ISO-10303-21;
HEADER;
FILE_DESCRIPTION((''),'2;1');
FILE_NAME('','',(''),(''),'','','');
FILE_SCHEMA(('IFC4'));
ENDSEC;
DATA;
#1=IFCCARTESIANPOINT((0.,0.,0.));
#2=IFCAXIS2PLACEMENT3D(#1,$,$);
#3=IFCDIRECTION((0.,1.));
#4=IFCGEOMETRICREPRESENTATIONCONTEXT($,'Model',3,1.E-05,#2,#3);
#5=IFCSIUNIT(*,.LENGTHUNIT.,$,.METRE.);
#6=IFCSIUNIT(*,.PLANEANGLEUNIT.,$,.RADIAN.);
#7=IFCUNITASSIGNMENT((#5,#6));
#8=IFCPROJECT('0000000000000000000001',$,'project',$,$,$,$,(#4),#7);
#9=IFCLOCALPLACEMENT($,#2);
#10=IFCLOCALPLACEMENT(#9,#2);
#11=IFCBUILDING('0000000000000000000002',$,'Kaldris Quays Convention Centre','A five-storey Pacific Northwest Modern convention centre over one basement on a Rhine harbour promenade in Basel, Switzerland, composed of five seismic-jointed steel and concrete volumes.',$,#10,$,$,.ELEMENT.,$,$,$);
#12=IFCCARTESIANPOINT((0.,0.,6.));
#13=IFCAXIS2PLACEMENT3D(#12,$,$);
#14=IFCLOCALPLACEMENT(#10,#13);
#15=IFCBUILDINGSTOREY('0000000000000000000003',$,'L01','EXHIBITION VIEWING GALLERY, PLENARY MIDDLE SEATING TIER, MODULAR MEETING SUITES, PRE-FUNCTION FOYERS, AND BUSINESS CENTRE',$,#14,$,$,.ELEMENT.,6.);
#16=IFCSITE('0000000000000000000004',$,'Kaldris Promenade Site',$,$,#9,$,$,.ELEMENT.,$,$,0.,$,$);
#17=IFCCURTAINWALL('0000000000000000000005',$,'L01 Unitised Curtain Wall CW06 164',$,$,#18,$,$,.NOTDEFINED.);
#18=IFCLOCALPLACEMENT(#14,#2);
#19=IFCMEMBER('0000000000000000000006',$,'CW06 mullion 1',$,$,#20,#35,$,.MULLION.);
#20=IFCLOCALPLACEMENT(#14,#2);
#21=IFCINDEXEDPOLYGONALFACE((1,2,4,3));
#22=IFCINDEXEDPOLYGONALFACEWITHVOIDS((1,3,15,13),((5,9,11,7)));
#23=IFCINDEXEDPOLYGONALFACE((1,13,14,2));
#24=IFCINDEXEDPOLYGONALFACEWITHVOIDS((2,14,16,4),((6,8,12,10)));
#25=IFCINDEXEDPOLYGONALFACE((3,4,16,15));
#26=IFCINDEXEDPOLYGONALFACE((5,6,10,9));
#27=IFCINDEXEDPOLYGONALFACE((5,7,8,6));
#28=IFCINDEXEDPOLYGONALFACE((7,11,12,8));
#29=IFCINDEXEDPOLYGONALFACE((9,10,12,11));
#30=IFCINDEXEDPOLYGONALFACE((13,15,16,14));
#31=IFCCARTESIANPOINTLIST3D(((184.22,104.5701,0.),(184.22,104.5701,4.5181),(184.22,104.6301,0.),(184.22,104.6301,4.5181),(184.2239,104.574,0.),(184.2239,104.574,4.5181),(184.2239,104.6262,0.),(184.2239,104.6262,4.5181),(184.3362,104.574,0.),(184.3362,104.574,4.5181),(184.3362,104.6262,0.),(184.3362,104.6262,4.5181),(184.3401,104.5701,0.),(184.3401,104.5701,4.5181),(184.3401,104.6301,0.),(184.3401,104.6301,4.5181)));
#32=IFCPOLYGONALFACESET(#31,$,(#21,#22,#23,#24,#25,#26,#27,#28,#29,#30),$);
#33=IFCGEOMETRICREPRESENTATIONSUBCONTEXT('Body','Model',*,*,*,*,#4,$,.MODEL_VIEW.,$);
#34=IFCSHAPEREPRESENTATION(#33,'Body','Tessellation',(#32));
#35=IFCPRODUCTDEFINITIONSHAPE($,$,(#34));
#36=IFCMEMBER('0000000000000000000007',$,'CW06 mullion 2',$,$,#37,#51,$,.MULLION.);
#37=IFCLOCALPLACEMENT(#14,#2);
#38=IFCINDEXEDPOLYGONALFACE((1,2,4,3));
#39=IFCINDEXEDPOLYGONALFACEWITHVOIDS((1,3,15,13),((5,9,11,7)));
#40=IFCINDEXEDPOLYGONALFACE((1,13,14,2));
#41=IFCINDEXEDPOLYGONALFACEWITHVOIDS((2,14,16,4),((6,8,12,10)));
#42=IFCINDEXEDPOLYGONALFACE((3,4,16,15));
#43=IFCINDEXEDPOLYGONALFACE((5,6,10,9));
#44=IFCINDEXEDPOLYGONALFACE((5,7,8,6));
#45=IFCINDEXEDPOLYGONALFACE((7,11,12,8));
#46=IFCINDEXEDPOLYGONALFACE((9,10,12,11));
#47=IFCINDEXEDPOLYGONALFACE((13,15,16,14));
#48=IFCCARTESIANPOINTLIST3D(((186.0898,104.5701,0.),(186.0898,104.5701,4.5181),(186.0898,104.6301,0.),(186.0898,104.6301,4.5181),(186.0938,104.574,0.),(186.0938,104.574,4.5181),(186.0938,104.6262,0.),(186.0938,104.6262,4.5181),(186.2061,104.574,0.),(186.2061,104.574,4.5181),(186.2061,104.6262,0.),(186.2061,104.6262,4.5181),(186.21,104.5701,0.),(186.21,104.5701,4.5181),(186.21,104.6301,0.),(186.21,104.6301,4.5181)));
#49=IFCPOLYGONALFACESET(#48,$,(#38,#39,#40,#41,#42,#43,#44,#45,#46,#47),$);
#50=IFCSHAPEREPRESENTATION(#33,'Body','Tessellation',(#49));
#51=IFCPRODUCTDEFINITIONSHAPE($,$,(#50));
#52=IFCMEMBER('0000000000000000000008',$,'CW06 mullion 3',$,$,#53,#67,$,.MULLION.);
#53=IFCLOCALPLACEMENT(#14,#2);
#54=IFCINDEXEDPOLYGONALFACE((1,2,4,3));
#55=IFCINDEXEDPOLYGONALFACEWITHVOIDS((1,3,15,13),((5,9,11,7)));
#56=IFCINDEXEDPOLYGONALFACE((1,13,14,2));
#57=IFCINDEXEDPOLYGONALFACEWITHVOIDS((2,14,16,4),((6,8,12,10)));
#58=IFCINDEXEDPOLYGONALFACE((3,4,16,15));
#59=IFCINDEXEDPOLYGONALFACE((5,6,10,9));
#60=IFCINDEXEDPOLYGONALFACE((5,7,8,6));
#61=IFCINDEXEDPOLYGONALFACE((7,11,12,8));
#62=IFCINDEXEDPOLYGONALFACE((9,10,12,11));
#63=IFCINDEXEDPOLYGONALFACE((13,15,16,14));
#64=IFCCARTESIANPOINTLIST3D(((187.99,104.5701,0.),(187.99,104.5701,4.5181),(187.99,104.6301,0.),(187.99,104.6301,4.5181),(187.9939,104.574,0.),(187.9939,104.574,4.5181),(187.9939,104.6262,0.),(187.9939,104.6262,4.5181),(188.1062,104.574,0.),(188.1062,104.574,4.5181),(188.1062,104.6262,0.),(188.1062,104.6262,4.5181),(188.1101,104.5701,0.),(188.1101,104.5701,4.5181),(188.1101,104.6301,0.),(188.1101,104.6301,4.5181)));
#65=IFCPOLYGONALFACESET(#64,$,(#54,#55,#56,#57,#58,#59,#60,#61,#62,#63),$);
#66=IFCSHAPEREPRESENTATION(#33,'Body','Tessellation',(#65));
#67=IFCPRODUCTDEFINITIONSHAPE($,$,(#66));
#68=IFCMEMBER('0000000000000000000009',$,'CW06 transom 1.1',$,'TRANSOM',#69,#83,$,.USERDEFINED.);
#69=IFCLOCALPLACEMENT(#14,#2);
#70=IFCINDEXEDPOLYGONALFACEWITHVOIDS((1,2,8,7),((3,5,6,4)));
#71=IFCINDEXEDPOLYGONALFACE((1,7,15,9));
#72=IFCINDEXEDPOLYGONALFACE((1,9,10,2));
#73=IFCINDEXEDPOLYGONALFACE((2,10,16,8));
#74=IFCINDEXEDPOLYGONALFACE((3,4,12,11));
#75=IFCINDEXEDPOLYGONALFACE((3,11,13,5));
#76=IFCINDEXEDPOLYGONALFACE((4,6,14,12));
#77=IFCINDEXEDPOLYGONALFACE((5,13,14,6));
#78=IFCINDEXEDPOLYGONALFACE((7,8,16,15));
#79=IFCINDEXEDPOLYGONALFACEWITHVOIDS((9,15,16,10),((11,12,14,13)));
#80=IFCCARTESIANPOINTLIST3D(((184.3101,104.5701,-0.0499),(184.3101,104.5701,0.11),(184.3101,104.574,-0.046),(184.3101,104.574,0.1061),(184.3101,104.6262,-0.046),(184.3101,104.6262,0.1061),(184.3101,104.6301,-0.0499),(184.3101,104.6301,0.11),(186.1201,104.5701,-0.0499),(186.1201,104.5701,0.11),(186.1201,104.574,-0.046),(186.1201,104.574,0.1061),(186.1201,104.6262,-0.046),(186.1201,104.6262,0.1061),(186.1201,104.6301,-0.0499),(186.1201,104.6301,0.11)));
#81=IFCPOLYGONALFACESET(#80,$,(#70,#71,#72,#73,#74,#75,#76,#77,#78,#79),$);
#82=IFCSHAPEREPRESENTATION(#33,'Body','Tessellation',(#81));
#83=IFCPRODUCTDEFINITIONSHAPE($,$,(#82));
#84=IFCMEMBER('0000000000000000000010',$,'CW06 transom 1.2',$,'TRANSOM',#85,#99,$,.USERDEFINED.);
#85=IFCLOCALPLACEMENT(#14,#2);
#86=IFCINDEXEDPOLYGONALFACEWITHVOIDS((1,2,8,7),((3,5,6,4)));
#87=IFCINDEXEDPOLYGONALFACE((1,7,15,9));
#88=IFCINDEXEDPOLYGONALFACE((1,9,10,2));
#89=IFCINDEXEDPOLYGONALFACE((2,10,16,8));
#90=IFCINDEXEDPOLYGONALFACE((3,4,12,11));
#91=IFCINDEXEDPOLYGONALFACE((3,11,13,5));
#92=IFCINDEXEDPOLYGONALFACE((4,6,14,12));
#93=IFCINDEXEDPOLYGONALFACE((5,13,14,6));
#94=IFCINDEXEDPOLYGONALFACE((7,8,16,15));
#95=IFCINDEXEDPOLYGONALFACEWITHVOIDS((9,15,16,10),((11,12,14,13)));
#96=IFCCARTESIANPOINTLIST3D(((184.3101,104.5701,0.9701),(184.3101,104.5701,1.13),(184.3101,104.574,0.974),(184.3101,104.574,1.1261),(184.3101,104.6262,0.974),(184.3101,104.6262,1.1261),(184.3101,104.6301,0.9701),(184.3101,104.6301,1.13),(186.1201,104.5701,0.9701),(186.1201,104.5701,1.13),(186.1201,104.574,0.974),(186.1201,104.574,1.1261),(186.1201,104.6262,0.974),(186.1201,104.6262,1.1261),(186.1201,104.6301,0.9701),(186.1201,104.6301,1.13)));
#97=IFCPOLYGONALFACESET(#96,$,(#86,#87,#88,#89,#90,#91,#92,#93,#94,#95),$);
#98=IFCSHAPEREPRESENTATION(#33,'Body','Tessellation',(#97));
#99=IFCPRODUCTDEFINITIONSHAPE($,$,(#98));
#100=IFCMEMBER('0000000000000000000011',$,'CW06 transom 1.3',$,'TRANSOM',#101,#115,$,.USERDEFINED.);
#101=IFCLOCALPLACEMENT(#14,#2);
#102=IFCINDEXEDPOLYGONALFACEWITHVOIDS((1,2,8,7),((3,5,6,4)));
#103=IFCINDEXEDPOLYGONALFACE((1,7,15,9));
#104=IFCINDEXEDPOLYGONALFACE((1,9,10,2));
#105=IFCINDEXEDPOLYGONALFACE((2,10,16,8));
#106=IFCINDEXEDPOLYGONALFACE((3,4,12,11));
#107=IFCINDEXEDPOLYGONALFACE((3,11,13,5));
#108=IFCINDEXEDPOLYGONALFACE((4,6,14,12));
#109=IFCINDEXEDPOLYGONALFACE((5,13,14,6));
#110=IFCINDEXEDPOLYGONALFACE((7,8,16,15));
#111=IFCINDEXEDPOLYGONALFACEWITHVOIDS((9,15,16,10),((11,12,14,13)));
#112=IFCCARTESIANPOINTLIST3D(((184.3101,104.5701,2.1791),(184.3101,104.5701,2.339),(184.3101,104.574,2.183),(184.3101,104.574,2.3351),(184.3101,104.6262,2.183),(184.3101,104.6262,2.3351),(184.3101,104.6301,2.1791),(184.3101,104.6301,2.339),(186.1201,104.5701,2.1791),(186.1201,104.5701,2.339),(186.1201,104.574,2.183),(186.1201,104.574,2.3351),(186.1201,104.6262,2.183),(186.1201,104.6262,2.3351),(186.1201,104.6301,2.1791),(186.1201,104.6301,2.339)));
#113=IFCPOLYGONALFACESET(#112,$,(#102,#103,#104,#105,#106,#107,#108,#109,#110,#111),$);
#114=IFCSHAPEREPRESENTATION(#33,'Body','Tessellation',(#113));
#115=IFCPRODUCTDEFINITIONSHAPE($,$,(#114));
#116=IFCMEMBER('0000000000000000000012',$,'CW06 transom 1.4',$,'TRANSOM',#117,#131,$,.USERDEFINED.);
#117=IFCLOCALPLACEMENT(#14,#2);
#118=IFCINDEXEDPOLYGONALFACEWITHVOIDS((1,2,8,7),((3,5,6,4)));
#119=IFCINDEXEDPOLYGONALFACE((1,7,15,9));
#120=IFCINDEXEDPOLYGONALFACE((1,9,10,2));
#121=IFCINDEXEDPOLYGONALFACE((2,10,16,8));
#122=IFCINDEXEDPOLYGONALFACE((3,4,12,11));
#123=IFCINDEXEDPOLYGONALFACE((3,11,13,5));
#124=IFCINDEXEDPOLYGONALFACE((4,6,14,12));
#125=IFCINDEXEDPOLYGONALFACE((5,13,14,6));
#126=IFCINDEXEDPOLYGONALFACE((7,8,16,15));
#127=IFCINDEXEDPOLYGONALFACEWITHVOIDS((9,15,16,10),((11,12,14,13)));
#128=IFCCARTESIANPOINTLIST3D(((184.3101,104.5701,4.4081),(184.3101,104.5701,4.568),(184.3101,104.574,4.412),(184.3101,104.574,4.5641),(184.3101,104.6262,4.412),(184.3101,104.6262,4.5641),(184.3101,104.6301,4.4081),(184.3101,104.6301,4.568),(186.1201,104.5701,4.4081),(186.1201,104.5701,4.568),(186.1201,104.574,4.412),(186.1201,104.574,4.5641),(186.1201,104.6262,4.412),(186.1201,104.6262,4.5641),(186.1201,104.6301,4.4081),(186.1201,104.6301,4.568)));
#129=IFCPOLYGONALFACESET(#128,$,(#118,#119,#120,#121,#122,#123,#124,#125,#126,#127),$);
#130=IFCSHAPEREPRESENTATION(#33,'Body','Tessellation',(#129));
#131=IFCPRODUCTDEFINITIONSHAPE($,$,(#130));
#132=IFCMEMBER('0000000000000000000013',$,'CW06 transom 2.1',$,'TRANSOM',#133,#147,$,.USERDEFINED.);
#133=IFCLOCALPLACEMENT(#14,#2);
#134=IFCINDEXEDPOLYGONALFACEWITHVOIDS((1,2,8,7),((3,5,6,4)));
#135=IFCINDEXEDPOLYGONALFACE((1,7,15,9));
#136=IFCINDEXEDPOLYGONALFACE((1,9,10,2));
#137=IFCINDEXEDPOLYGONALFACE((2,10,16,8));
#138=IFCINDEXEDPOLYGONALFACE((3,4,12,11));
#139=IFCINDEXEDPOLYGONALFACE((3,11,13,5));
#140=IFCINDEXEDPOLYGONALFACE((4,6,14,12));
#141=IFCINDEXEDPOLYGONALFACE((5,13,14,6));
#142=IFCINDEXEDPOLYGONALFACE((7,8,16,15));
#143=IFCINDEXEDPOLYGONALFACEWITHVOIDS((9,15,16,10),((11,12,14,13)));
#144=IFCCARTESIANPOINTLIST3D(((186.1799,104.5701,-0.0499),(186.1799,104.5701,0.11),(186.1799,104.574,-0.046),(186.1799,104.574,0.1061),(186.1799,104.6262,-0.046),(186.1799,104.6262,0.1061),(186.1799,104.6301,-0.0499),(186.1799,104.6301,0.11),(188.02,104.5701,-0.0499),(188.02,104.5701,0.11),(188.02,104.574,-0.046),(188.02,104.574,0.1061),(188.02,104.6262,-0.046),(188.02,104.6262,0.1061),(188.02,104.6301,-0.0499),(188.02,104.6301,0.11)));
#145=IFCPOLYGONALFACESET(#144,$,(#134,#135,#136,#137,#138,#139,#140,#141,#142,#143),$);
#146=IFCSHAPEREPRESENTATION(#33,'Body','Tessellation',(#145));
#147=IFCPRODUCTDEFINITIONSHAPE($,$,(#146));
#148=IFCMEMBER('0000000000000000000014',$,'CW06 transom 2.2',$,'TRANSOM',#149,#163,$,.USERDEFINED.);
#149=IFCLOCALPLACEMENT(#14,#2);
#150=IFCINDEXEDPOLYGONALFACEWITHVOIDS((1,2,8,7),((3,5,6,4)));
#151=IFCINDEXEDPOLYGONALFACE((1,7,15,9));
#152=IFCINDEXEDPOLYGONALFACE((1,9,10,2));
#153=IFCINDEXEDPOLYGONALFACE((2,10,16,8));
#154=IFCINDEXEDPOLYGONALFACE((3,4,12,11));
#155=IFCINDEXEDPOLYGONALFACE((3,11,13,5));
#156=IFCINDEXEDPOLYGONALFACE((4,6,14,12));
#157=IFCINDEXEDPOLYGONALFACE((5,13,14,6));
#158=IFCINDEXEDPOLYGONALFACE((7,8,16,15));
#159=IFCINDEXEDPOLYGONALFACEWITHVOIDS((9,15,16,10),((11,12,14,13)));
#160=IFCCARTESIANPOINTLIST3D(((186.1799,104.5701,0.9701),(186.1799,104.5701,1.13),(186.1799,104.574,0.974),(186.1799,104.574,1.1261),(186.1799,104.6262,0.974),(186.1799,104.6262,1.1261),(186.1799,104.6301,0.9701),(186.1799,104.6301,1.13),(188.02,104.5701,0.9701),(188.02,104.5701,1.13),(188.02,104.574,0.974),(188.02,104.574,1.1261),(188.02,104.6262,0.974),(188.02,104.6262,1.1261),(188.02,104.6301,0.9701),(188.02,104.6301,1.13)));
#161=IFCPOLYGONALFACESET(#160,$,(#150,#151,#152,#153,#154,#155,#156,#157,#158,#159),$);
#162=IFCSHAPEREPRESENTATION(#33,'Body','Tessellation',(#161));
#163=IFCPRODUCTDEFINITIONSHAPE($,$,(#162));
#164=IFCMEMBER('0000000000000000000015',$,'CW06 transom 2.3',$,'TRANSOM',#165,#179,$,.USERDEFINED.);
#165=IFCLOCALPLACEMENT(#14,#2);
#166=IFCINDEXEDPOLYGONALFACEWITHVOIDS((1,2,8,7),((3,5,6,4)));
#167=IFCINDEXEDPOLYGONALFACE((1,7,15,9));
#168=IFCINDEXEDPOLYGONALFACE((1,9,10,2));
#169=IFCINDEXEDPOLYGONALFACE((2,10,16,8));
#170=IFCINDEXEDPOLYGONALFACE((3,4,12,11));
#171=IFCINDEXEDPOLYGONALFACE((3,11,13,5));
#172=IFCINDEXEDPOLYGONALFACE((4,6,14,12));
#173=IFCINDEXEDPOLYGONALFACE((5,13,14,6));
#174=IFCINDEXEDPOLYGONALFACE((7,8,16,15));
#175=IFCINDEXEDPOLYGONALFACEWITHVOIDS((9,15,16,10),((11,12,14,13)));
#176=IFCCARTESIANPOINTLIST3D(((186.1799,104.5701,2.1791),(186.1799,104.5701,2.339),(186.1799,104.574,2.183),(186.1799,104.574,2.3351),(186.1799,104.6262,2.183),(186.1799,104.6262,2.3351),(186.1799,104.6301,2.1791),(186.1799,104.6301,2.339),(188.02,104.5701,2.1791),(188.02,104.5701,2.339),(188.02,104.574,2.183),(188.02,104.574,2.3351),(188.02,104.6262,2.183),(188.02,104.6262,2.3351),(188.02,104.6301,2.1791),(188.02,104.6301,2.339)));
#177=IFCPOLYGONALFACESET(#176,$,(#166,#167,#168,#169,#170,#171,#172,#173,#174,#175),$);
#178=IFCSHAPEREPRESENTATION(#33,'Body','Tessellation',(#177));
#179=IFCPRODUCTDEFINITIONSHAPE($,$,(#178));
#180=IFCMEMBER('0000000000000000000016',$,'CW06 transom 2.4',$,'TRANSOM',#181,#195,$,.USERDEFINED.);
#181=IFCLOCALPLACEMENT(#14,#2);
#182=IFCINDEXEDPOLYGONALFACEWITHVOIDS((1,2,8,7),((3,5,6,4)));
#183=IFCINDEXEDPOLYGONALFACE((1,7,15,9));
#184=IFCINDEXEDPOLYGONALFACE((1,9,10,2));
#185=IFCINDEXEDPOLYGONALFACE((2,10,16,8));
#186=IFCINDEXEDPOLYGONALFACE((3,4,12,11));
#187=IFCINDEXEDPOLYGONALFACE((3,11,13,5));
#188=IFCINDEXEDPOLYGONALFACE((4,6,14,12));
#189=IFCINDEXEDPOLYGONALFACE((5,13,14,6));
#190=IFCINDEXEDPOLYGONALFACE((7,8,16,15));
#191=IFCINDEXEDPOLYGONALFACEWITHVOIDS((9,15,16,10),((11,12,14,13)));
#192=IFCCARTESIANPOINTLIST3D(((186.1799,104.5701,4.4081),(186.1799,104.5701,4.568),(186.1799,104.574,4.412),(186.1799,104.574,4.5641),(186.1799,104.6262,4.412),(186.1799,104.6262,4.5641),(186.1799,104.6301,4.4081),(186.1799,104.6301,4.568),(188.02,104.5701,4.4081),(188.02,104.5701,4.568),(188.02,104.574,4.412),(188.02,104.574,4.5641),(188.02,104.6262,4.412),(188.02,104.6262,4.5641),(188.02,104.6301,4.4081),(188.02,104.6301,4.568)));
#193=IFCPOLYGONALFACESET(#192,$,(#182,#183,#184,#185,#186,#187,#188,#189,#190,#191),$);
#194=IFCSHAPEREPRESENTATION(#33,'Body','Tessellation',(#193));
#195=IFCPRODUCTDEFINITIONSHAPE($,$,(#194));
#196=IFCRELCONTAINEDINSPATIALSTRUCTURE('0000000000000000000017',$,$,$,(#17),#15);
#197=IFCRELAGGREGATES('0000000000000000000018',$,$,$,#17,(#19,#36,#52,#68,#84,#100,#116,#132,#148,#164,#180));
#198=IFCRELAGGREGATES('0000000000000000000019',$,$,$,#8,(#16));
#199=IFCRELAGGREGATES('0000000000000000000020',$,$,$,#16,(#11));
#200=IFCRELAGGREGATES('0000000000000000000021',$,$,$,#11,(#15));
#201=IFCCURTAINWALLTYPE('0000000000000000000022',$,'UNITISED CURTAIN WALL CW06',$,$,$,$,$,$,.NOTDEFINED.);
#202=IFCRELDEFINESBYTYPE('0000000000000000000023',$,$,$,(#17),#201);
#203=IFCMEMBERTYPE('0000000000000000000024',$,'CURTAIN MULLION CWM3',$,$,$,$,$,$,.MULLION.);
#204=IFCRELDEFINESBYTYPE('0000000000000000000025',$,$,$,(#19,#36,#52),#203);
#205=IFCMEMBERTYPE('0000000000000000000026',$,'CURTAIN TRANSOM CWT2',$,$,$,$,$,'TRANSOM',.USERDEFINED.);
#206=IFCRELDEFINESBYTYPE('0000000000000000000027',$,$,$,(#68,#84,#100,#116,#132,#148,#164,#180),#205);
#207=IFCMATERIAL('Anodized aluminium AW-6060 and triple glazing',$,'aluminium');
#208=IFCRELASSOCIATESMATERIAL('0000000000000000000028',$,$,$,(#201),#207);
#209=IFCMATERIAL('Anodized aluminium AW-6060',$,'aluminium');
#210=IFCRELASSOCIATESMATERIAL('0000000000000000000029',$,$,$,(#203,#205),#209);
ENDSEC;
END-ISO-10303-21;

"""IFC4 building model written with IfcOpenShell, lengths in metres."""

from ifc_helpers import new_model, si_unit, direction, frame, origin, origin_2d, place, context, subcontext, project, spatial, hollow_rectangle, extrude, material, material_profile, profile_set, type_object, element, aggregate, save


model = new_model("IFC4")

# Units and contexts
model_context = context("Model", 3, precision=1e-05, world=origin(), true_north=direction((0.0, 1.0)))
body_context = subcontext(model_context, "Body", "Model", "MODEL_VIEW")
ifc_project = project(units=[si_unit("LENGTHUNIT", "METRE"), si_unit("PLANEANGLEUNIT", "RADIAN")], contexts=[model_context])

# Site, building, storey
site_placement = place(None, origin())
site = spatial("IfcSite", under=ifc_project, at=site_placement, Name="Kaldris Promenade Site", CompositionType="ELEMENT", RefElevation=0.0)
building_placement = place(site_placement, origin())
building = spatial("IfcBuilding", under=site, at=building_placement, Name="Kaldris Quays Convention Centre", Description="A five-storey Pacific Northwest Modern convention centre over one basement on a Rhine harbour promenade in Basel, Switzerland, composed of five seismic-jointed steel and concrete volumes.", CompositionType="ELEMENT")
storey_placement = place(building_placement, frame((0.0, 0.0, 6.0)))
storey = spatial("IfcBuildingStorey", under=building, at=storey_placement, Name="L01", Description="EXHIBITION VIEWING GALLERY, PLENARY MIDDLE SEATING TIER, MODULAR MEETING SUITES, PRE-FUNCTION FOYERS, AND BUSINESS CENTRE", CompositionType="ELEMENT", Elevation=6.0)

# Curtain wall, members
ifc_material_1 = material(Name="Anodized aluminium AW-6060 and triple glazing", Category="aluminium")
curtain_wall_type = type_object("IfcCurtainWallType", Name="UNITISED CURTAIN WALL CW06", PredefinedType="NOTDEFINED", material=ifc_material_1)
curtain_wall_placement = place(storey_placement, origin())
curtain_wall = element("IfcCurtainWall", 1, at=curtain_wall_placement, inside=storey, type_object=curtain_wall_type, Name="L01 Unitised Curtain Wall CW06 164", PredefinedType="NOTDEFINED")
ifc_material_2 = material(Name="Anodized aluminium AW-6060", Category="aluminium")
ifc_material_profile_1 = material_profile(ifc_material_2, hollow_rectangle(XDim=0.0601, YDim=0.1201, WallThickness=0.0039, at=origin_2d()), Name="RHS 120x60x4")
ifc_profile_set_1 = profile_set([ifc_material_profile_1], Name="Anodized aluminium AW-6060")
member_type_1 = type_object("IfcMemberType", Name="CURTAIN MULLION CWM3", PredefinedType="MULLION", material=ifc_profile_set_1)
member_1_placement = place(storey_placement, frame((184.28, 104.6001, 0.0), z_axis=(0.0, 0.0, 1.0), x_axis=(0.0, 1.0, 0.0)))
member_1 = element("IfcMember", 2, at=member_1_placement, type_object=member_type_1, Name="CW06 mullion 1", PredefinedType="MULLION", context=body_context, shape_type="SweptSolid", body=[
    extrude(hollow_rectangle(XDim=0.0601, YDim=0.1201, WallThickness=0.0039, at=origin_2d()), origin(), (0.0, 0.0, 1.0), 4.5181),
])
member_2_placement = place(storey_placement, frame((186.1499, 104.6001, 0.0), z_axis=(0.0, 0.0, 1.0), x_axis=(0.0, 1.0, 0.0)))
member_2 = element("IfcMember", 3, at=member_2_placement, type_object=member_type_1, Name="CW06 mullion 2", PredefinedType="MULLION", context=body_context, shape_type="SweptSolid", body=[
    extrude(hollow_rectangle(XDim=0.0601, YDim=0.1201, WallThickness=0.0039, at=origin_2d()), origin(), (0.0, 0.0, 1.0), 4.5181),
])
member_3_placement = place(storey_placement, frame((188.05, 104.6001, 0.0), z_axis=(0.0, 0.0, 1.0), x_axis=(0.0, 1.0, 0.0)))
member_3 = element("IfcMember", 4, at=member_3_placement, type_object=member_type_1, Name="CW06 mullion 3", PredefinedType="MULLION", context=body_context, shape_type="SweptSolid", body=[
    extrude(hollow_rectangle(XDim=0.0601, YDim=0.1201, WallThickness=0.0039, at=origin_2d()), origin(), (0.0, 0.0, 1.0), 4.5181),
])
ifc_material_profile_2 = material_profile(ifc_material_2, hollow_rectangle(XDim=0.0601, YDim=0.1599, WallThickness=0.0039, at=origin_2d()), Name="RHS 160x60x4")
ifc_profile_set_2 = profile_set([ifc_material_profile_2], Name="Anodized aluminium AW-6060")
member_type_2 = type_object("IfcMemberType", Name="CURTAIN TRANSOM CWT2", ElementType="TRANSOM", PredefinedType="USERDEFINED", material=ifc_profile_set_2)
member_4_placement = place(storey_placement, frame((184.3101, 104.6001, 0.03), z_axis=(1.0, 0.0, 0.0), x_axis=(0.0, 1.0, 0.0)))
member_4 = element("IfcMember", 5, at=member_4_placement, type_object=member_type_2, Name="CW06 transom 1.1", ObjectType="TRANSOM", PredefinedType="USERDEFINED", context=body_context, shape_type="SweptSolid", body=[
    extrude(hollow_rectangle(XDim=0.0601, YDim=0.1599, WallThickness=0.0039, at=origin_2d()), origin(), (0.0, 0.0, 1.0), 1.8101),
])
member_5_placement = place(storey_placement, frame((184.3101, 104.6001, 1.05), z_axis=(1.0, 0.0, 0.0), x_axis=(0.0, 1.0, 0.0)))
member_5 = element("IfcMember", 6, at=member_5_placement, type_object=member_type_2, Name="CW06 transom 1.2", ObjectType="TRANSOM", PredefinedType="USERDEFINED", context=body_context, shape_type="SweptSolid", body=[
    extrude(hollow_rectangle(XDim=0.0601, YDim=0.1599, WallThickness=0.0039, at=origin_2d()), origin(), (0.0, 0.0, 1.0), 1.8101),
])
member_6_placement = place(storey_placement, frame((184.3101, 104.6001, 2.259), z_axis=(1.0, 0.0, 0.0), x_axis=(0.0, 1.0, 0.0)))
member_6 = element("IfcMember", 7, at=member_6_placement, type_object=member_type_2, Name="CW06 transom 1.3", ObjectType="TRANSOM", PredefinedType="USERDEFINED", context=body_context, shape_type="SweptSolid", body=[
    extrude(hollow_rectangle(XDim=0.0601, YDim=0.1599, WallThickness=0.0039, at=origin_2d()), origin(), (0.0, 0.0, 1.0), 1.8101),
])
member_7_placement = place(storey_placement, frame((184.3101, 104.6001, 4.488), z_axis=(1.0, 0.0, 0.0), x_axis=(0.0, 1.0, 0.0)))
member_7 = element("IfcMember", 8, at=member_7_placement, type_object=member_type_2, Name="CW06 transom 1.4", ObjectType="TRANSOM", PredefinedType="USERDEFINED", context=body_context, shape_type="SweptSolid", body=[
    extrude(hollow_rectangle(XDim=0.0601, YDim=0.1599, WallThickness=0.0039, at=origin_2d()), origin(), (0.0, 0.0, 1.0), 1.8101),
])
member_8_placement = place(storey_placement, frame((186.1799, 104.6001, 0.03), z_axis=(1.0, 0.0, 0.0), x_axis=(0.0, 1.0, 0.0)))
member_8 = element("IfcMember", 9, at=member_8_placement, type_object=member_type_2, Name="CW06 transom 2.1", ObjectType="TRANSOM", PredefinedType="USERDEFINED", context=body_context, shape_type="SweptSolid", body=[
    extrude(hollow_rectangle(XDim=0.0601, YDim=0.1599, WallThickness=0.0039, at=origin_2d()), origin(), (0.0, 0.0, 1.0), 1.8401),
])
member_9_placement = place(storey_placement, frame((186.1799, 104.6001, 1.05), z_axis=(1.0, 0.0, 0.0), x_axis=(0.0, 1.0, 0.0)))
member_9 = element("IfcMember", 10, at=member_9_placement, type_object=member_type_2, Name="CW06 transom 2.2", ObjectType="TRANSOM", PredefinedType="USERDEFINED", context=body_context, shape_type="SweptSolid", body=[
    extrude(hollow_rectangle(XDim=0.0601, YDim=0.1599, WallThickness=0.0039, at=origin_2d()), origin(), (0.0, 0.0, 1.0), 1.8401),
])
member_10_placement = place(storey_placement, frame((186.1799, 104.6001, 2.259), z_axis=(1.0, 0.0, 0.0), x_axis=(0.0, 1.0, 0.0)))
member_10 = element("IfcMember", 11, at=member_10_placement, type_object=member_type_2, Name="CW06 transom 2.3", ObjectType="TRANSOM", PredefinedType="USERDEFINED", context=body_context, shape_type="SweptSolid", body=[
    extrude(hollow_rectangle(XDim=0.0601, YDim=0.1599, WallThickness=0.0039, at=origin_2d()), origin(), (0.0, 0.0, 1.0), 1.8401),
])
member_11_placement = place(storey_placement, frame((186.1799, 104.6001, 4.488), z_axis=(1.0, 0.0, 0.0), x_axis=(0.0, 1.0, 0.0)))
member_11 = element("IfcMember", 12, at=member_11_placement, type_object=member_type_2, Name="CW06 transom 2.4", ObjectType="TRANSOM", PredefinedType="USERDEFINED", context=body_context, shape_type="SweptSolid", body=[
    extrude(hollow_rectangle(XDim=0.0601, YDim=0.1599, WallThickness=0.0039, at=origin_2d()), origin(), (0.0, 0.0, 1.0), 1.8401),
])

aggregate(curtain_wall, [member_1, member_2, member_3, member_4, member_5, member_6, member_7, member_8, member_9, member_10, member_11])

save(model, "model.ifc")
